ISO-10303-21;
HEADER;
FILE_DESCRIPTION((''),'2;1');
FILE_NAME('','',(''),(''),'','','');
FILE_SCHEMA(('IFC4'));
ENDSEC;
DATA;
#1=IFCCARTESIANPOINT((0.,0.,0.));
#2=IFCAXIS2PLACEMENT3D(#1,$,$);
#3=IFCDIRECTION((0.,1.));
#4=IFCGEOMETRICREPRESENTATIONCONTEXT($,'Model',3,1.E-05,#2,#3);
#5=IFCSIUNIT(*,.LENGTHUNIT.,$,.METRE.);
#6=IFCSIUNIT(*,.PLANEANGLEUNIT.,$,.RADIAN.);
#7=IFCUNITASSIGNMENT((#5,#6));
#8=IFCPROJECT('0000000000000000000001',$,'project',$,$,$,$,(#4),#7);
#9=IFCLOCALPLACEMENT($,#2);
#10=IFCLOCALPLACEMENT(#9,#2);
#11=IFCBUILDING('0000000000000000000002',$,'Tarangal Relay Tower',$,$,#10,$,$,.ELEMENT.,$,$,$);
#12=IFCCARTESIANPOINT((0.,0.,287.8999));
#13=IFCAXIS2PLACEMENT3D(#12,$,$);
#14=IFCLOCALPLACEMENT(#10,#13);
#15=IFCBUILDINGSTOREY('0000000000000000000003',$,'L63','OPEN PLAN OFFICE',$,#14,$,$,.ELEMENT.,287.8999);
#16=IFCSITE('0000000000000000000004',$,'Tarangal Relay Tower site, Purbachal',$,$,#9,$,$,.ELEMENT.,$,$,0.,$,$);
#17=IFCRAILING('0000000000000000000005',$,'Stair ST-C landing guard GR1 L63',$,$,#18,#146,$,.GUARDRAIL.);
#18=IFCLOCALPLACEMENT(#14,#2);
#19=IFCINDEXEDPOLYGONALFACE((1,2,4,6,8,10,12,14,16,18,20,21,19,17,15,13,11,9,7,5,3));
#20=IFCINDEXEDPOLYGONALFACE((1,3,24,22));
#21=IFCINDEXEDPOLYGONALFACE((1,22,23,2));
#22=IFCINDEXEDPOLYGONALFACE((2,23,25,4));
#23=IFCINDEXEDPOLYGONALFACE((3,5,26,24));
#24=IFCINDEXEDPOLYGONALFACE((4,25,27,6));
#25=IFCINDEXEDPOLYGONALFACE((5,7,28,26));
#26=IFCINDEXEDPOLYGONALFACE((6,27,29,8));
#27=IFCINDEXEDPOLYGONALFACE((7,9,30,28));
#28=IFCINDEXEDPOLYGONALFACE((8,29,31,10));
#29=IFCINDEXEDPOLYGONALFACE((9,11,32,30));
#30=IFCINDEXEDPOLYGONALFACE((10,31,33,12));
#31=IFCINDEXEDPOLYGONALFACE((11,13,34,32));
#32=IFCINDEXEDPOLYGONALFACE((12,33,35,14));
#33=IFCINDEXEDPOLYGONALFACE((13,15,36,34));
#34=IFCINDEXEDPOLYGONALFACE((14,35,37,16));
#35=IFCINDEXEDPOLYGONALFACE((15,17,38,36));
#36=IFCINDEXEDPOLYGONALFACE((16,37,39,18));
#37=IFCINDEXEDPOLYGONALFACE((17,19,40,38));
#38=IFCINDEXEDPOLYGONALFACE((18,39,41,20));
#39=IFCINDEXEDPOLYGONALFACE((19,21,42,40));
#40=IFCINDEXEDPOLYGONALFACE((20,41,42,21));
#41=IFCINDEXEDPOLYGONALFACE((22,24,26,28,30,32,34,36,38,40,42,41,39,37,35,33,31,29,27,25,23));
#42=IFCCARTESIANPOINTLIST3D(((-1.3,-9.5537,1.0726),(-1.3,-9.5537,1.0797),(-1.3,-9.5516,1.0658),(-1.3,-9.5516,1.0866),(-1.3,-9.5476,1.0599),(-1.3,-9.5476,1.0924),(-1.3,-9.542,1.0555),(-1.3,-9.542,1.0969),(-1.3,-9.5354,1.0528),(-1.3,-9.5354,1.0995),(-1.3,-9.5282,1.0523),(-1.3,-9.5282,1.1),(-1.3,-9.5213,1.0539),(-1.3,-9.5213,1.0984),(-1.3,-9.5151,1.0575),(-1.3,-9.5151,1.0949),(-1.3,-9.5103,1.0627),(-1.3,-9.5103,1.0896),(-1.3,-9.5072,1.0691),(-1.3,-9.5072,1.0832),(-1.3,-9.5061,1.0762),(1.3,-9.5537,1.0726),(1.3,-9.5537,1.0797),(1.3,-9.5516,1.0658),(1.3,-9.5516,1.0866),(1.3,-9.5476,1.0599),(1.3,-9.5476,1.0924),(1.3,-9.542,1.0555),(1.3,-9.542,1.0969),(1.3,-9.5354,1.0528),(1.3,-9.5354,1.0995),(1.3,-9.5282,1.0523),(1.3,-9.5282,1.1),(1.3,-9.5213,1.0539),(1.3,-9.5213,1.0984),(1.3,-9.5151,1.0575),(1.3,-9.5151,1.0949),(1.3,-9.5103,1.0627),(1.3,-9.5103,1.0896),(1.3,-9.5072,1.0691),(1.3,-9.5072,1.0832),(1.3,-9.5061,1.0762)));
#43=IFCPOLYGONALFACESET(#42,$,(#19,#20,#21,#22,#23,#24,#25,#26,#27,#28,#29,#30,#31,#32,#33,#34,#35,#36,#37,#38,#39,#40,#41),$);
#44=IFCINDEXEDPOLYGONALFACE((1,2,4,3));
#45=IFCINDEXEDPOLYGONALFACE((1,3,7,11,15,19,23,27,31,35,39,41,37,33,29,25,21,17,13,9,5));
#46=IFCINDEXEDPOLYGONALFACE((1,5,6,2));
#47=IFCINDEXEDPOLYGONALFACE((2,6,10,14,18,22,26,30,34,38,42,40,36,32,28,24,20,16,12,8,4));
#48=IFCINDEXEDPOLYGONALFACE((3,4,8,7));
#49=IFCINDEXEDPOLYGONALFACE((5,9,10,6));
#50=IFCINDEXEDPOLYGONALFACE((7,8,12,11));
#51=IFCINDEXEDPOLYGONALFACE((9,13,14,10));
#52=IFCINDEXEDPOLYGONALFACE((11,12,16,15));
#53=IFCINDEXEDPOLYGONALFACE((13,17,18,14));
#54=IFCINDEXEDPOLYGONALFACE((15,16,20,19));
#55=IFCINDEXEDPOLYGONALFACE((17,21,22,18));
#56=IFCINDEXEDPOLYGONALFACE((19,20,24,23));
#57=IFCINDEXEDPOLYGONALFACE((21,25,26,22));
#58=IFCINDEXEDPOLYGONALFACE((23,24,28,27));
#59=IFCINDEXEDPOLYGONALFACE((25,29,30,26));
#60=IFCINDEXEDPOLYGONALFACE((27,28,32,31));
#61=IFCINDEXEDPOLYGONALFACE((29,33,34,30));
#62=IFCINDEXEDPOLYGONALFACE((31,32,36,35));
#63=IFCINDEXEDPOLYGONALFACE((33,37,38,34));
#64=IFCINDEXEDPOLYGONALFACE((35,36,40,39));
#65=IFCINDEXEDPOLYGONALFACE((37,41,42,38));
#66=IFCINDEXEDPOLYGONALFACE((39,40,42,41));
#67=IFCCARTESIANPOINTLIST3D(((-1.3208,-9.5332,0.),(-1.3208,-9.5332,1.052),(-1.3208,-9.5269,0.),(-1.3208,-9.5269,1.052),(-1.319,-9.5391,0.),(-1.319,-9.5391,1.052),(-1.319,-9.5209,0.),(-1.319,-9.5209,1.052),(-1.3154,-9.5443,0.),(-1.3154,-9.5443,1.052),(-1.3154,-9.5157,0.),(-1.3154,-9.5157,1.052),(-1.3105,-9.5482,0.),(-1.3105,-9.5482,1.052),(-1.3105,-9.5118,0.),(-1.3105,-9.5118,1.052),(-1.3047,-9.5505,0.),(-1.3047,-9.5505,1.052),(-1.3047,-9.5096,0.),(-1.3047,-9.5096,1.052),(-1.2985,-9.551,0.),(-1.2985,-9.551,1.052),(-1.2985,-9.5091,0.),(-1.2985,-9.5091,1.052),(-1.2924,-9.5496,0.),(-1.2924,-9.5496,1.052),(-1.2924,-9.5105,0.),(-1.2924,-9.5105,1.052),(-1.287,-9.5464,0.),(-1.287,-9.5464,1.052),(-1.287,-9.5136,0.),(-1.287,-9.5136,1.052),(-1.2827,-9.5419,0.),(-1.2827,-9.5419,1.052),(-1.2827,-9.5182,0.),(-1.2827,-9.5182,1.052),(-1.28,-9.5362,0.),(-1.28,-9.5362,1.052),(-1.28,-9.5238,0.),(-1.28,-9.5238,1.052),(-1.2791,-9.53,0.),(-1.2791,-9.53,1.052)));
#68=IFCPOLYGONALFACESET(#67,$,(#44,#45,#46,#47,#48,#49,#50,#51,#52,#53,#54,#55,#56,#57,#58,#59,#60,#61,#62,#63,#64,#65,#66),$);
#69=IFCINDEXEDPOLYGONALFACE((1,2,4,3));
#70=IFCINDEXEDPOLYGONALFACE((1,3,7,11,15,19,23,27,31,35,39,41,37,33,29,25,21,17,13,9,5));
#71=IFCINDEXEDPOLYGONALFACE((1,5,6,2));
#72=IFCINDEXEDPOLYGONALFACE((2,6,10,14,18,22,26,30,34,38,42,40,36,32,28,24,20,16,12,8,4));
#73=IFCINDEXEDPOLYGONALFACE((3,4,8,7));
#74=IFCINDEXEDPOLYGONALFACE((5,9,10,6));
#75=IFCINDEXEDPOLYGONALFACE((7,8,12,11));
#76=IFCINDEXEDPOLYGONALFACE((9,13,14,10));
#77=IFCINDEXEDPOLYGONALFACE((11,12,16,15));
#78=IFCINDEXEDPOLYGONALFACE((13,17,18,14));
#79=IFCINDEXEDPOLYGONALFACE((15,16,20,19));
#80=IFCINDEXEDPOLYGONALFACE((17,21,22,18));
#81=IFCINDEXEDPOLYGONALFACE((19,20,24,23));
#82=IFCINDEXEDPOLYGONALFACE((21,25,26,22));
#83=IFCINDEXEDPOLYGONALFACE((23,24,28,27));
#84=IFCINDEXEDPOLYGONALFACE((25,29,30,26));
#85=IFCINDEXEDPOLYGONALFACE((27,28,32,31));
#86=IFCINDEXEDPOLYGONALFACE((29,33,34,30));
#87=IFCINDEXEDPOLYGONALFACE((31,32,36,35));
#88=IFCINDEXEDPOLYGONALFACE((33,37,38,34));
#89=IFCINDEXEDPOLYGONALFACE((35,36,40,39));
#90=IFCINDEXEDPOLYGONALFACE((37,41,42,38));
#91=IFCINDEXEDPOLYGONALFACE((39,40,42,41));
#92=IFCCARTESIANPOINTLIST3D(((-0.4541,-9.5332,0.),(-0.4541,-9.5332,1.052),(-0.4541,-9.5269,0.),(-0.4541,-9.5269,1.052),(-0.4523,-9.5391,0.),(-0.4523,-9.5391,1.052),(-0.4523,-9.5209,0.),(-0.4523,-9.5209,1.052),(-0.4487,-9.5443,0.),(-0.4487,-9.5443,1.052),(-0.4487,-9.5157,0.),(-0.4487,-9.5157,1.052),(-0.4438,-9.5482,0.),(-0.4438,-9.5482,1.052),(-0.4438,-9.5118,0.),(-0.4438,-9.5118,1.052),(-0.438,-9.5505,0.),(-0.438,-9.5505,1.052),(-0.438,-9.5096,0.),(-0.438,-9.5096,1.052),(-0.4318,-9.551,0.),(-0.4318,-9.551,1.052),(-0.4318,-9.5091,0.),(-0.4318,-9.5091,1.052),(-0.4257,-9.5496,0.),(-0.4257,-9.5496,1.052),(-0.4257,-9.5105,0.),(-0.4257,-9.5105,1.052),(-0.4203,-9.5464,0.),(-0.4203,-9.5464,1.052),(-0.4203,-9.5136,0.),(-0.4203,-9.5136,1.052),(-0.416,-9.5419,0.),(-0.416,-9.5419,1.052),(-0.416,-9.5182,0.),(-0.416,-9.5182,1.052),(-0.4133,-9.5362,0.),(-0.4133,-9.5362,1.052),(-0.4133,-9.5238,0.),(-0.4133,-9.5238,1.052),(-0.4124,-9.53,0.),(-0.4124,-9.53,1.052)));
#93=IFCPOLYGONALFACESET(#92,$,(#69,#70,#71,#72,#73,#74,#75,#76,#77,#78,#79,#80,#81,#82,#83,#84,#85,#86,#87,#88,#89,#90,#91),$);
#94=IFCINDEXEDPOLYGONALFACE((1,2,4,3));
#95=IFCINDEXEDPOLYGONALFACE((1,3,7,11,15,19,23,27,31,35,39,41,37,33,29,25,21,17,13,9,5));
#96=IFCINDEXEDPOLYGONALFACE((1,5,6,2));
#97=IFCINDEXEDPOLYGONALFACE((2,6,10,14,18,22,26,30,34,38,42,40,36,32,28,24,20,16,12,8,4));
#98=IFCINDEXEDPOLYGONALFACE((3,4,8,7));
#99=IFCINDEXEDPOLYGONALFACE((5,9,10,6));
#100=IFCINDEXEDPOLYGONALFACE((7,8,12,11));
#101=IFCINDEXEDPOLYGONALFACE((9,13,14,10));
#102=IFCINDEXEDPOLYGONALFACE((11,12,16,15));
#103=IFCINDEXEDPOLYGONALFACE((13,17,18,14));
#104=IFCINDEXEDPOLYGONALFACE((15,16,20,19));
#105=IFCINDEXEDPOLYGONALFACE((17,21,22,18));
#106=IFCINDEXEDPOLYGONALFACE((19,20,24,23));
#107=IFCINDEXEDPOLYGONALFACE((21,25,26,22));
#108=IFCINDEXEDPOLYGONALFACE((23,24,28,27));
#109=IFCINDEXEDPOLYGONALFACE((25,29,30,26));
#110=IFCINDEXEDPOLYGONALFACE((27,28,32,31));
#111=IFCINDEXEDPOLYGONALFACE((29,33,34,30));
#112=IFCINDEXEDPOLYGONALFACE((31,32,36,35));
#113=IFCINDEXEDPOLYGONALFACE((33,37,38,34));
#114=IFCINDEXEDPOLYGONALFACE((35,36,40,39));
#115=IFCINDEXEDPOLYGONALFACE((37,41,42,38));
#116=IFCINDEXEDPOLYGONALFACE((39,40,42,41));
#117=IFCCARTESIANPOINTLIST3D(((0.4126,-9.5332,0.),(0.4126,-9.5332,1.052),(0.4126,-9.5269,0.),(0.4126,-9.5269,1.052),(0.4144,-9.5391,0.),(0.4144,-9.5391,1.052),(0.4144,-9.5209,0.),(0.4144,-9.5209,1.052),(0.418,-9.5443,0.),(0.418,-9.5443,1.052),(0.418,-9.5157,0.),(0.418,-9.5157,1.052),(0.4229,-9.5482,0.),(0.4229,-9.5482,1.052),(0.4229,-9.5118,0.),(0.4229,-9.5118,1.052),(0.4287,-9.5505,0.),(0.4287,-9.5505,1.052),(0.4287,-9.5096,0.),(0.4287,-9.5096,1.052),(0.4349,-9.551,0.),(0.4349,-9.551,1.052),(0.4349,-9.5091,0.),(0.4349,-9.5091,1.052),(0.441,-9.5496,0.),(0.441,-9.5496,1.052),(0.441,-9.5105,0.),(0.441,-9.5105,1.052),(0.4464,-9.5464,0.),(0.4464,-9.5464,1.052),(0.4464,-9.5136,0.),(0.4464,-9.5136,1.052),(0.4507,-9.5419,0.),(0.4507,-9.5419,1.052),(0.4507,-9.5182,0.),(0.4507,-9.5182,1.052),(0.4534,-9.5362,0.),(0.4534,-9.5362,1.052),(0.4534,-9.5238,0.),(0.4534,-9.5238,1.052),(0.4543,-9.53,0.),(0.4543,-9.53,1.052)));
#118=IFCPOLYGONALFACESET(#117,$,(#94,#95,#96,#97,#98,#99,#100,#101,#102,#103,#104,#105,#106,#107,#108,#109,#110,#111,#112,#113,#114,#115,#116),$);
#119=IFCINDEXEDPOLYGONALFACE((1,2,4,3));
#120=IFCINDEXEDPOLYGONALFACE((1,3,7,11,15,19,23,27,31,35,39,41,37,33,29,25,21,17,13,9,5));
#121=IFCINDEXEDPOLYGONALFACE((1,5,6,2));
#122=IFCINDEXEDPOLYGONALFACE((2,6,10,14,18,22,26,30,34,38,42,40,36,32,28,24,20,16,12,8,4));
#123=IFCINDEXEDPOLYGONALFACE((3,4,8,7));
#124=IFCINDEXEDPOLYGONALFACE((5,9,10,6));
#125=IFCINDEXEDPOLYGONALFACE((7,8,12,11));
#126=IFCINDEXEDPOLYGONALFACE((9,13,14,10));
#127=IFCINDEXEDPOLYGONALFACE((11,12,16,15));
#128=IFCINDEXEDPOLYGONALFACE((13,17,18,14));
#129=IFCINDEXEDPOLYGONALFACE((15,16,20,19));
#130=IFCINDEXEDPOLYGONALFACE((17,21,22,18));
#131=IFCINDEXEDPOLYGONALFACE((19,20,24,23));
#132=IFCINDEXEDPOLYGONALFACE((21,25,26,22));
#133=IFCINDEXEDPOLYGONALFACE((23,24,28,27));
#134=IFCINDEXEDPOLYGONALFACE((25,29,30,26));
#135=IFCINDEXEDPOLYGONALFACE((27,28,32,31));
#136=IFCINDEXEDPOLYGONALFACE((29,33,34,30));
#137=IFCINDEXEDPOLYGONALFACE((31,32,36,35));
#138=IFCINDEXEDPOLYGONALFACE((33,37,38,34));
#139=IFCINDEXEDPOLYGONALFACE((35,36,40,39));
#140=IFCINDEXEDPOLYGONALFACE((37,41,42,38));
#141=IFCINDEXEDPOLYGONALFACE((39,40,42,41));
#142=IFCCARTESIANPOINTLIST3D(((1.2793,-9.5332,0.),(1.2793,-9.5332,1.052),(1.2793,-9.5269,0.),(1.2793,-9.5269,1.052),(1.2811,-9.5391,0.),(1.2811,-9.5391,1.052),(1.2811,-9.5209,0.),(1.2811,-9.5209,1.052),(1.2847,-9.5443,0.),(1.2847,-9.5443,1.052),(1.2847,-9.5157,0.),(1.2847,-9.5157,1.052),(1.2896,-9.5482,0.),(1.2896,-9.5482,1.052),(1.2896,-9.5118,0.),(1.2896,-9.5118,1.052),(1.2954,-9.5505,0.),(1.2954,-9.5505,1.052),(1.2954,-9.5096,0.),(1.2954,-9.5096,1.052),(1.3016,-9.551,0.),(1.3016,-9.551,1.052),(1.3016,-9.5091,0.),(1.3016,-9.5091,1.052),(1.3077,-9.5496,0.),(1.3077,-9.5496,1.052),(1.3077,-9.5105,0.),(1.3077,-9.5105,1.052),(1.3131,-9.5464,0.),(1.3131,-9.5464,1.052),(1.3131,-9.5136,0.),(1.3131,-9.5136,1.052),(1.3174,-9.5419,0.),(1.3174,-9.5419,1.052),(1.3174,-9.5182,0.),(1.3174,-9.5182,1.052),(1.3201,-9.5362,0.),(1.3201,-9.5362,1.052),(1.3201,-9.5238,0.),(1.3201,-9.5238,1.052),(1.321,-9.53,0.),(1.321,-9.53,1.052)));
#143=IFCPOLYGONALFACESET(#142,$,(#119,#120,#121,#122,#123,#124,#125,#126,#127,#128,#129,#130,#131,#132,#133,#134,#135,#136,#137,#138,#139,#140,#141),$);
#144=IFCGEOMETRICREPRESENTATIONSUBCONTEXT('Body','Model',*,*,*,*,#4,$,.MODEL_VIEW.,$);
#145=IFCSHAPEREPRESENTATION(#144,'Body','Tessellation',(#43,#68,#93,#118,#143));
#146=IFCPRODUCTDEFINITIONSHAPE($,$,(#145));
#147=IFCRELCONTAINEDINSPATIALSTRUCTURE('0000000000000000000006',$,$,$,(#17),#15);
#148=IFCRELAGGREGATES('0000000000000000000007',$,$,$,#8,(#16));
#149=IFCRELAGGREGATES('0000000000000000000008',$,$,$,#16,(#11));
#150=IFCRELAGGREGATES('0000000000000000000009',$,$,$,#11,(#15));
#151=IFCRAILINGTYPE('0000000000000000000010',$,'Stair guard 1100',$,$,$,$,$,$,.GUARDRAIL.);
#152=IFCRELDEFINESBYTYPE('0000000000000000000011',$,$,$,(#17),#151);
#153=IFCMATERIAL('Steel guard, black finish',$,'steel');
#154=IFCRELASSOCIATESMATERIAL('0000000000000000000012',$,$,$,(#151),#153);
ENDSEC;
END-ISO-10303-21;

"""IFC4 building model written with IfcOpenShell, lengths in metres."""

from ifc_helpers import new_model, si_unit, direction, frame, origin, origin_2d, place, context, subcontext, project, spatial, circle, extrude, material, type_object, element, save


model = new_model("IFC4")

# Units and contexts
model_context = context("Model", 3, precision=1e-05, world=origin(), true_north=direction((0.0, 1.0)))
body_context = subcontext(model_context, "Body", "Model", "MODEL_VIEW")
ifc_project = project(units=[si_unit("LENGTHUNIT", "METRE"), si_unit("PLANEANGLEUNIT", "RADIAN")], contexts=[model_context])

# Site, building, storey
site_placement = place(None, origin())
site = spatial("IfcSite", under=ifc_project, at=site_placement, Name="Tarangal Relay Tower site, Purbachal", CompositionType="ELEMENT", RefElevation=0.0)
building_placement = place(site_placement, origin())
building = spatial("IfcBuilding", under=site, at=building_placement, Name="Tarangal Relay Tower", CompositionType="ELEMENT")
storey_placement = place(building_placement, frame((0.0, 0.0, 287.8999)))
storey = spatial("IfcBuildingStorey", under=building, at=storey_placement, Name="L63", Description="OPEN PLAN OFFICE", CompositionType="ELEMENT", Elevation=287.8999)

# Railing
ifc_material_1 = material(Name="Steel guard, black finish", Category="steel")
railing_type_1 = type_object("IfcRailingType", Name="Stair guard 1100", PredefinedType="GUARDRAIL", material=ifc_material_1)
railing_1_placement = place(storey_placement, frame((-1.3, -9.53, 0.0)))
element("IfcRailing", 1, at=railing_1_placement, inside=storey, type_object=railing_type_1, Name="Stair ST-C landing guard GR1 L63", PredefinedType="GUARDRAIL", context=body_context, shape_type="SweptSolid", body=[
    extrude(circle(Radius=0.0239, at=origin_2d()), frame((0.0, 0.0, 1.0762), z_axis=(1.0, 0.0, 0.0), x_axis=(0.0, 1.0, 0.0)), (0.0, 0.0, 1.0), 2.6001),
    extrude(circle(Radius=0.021, at=origin_2d()), origin(), (0.0, 0.0, 1.0), 1.052),
    extrude(circle(Radius=0.021, at=origin_2d()), frame((0.8667, 0.0, 0.0)), (0.0, 0.0, 1.0), 1.052),
    extrude(circle(Radius=0.021, at=origin_2d()), frame((1.7334, 0.0, 0.0)), (0.0, 0.0, 1.0), 1.052),
    extrude(circle(Radius=0.021, at=origin_2d()), frame((2.6001, 0.0, 0.0)), (0.0, 0.0, 1.0), 1.052),
])

save(model, "model.ifc")
